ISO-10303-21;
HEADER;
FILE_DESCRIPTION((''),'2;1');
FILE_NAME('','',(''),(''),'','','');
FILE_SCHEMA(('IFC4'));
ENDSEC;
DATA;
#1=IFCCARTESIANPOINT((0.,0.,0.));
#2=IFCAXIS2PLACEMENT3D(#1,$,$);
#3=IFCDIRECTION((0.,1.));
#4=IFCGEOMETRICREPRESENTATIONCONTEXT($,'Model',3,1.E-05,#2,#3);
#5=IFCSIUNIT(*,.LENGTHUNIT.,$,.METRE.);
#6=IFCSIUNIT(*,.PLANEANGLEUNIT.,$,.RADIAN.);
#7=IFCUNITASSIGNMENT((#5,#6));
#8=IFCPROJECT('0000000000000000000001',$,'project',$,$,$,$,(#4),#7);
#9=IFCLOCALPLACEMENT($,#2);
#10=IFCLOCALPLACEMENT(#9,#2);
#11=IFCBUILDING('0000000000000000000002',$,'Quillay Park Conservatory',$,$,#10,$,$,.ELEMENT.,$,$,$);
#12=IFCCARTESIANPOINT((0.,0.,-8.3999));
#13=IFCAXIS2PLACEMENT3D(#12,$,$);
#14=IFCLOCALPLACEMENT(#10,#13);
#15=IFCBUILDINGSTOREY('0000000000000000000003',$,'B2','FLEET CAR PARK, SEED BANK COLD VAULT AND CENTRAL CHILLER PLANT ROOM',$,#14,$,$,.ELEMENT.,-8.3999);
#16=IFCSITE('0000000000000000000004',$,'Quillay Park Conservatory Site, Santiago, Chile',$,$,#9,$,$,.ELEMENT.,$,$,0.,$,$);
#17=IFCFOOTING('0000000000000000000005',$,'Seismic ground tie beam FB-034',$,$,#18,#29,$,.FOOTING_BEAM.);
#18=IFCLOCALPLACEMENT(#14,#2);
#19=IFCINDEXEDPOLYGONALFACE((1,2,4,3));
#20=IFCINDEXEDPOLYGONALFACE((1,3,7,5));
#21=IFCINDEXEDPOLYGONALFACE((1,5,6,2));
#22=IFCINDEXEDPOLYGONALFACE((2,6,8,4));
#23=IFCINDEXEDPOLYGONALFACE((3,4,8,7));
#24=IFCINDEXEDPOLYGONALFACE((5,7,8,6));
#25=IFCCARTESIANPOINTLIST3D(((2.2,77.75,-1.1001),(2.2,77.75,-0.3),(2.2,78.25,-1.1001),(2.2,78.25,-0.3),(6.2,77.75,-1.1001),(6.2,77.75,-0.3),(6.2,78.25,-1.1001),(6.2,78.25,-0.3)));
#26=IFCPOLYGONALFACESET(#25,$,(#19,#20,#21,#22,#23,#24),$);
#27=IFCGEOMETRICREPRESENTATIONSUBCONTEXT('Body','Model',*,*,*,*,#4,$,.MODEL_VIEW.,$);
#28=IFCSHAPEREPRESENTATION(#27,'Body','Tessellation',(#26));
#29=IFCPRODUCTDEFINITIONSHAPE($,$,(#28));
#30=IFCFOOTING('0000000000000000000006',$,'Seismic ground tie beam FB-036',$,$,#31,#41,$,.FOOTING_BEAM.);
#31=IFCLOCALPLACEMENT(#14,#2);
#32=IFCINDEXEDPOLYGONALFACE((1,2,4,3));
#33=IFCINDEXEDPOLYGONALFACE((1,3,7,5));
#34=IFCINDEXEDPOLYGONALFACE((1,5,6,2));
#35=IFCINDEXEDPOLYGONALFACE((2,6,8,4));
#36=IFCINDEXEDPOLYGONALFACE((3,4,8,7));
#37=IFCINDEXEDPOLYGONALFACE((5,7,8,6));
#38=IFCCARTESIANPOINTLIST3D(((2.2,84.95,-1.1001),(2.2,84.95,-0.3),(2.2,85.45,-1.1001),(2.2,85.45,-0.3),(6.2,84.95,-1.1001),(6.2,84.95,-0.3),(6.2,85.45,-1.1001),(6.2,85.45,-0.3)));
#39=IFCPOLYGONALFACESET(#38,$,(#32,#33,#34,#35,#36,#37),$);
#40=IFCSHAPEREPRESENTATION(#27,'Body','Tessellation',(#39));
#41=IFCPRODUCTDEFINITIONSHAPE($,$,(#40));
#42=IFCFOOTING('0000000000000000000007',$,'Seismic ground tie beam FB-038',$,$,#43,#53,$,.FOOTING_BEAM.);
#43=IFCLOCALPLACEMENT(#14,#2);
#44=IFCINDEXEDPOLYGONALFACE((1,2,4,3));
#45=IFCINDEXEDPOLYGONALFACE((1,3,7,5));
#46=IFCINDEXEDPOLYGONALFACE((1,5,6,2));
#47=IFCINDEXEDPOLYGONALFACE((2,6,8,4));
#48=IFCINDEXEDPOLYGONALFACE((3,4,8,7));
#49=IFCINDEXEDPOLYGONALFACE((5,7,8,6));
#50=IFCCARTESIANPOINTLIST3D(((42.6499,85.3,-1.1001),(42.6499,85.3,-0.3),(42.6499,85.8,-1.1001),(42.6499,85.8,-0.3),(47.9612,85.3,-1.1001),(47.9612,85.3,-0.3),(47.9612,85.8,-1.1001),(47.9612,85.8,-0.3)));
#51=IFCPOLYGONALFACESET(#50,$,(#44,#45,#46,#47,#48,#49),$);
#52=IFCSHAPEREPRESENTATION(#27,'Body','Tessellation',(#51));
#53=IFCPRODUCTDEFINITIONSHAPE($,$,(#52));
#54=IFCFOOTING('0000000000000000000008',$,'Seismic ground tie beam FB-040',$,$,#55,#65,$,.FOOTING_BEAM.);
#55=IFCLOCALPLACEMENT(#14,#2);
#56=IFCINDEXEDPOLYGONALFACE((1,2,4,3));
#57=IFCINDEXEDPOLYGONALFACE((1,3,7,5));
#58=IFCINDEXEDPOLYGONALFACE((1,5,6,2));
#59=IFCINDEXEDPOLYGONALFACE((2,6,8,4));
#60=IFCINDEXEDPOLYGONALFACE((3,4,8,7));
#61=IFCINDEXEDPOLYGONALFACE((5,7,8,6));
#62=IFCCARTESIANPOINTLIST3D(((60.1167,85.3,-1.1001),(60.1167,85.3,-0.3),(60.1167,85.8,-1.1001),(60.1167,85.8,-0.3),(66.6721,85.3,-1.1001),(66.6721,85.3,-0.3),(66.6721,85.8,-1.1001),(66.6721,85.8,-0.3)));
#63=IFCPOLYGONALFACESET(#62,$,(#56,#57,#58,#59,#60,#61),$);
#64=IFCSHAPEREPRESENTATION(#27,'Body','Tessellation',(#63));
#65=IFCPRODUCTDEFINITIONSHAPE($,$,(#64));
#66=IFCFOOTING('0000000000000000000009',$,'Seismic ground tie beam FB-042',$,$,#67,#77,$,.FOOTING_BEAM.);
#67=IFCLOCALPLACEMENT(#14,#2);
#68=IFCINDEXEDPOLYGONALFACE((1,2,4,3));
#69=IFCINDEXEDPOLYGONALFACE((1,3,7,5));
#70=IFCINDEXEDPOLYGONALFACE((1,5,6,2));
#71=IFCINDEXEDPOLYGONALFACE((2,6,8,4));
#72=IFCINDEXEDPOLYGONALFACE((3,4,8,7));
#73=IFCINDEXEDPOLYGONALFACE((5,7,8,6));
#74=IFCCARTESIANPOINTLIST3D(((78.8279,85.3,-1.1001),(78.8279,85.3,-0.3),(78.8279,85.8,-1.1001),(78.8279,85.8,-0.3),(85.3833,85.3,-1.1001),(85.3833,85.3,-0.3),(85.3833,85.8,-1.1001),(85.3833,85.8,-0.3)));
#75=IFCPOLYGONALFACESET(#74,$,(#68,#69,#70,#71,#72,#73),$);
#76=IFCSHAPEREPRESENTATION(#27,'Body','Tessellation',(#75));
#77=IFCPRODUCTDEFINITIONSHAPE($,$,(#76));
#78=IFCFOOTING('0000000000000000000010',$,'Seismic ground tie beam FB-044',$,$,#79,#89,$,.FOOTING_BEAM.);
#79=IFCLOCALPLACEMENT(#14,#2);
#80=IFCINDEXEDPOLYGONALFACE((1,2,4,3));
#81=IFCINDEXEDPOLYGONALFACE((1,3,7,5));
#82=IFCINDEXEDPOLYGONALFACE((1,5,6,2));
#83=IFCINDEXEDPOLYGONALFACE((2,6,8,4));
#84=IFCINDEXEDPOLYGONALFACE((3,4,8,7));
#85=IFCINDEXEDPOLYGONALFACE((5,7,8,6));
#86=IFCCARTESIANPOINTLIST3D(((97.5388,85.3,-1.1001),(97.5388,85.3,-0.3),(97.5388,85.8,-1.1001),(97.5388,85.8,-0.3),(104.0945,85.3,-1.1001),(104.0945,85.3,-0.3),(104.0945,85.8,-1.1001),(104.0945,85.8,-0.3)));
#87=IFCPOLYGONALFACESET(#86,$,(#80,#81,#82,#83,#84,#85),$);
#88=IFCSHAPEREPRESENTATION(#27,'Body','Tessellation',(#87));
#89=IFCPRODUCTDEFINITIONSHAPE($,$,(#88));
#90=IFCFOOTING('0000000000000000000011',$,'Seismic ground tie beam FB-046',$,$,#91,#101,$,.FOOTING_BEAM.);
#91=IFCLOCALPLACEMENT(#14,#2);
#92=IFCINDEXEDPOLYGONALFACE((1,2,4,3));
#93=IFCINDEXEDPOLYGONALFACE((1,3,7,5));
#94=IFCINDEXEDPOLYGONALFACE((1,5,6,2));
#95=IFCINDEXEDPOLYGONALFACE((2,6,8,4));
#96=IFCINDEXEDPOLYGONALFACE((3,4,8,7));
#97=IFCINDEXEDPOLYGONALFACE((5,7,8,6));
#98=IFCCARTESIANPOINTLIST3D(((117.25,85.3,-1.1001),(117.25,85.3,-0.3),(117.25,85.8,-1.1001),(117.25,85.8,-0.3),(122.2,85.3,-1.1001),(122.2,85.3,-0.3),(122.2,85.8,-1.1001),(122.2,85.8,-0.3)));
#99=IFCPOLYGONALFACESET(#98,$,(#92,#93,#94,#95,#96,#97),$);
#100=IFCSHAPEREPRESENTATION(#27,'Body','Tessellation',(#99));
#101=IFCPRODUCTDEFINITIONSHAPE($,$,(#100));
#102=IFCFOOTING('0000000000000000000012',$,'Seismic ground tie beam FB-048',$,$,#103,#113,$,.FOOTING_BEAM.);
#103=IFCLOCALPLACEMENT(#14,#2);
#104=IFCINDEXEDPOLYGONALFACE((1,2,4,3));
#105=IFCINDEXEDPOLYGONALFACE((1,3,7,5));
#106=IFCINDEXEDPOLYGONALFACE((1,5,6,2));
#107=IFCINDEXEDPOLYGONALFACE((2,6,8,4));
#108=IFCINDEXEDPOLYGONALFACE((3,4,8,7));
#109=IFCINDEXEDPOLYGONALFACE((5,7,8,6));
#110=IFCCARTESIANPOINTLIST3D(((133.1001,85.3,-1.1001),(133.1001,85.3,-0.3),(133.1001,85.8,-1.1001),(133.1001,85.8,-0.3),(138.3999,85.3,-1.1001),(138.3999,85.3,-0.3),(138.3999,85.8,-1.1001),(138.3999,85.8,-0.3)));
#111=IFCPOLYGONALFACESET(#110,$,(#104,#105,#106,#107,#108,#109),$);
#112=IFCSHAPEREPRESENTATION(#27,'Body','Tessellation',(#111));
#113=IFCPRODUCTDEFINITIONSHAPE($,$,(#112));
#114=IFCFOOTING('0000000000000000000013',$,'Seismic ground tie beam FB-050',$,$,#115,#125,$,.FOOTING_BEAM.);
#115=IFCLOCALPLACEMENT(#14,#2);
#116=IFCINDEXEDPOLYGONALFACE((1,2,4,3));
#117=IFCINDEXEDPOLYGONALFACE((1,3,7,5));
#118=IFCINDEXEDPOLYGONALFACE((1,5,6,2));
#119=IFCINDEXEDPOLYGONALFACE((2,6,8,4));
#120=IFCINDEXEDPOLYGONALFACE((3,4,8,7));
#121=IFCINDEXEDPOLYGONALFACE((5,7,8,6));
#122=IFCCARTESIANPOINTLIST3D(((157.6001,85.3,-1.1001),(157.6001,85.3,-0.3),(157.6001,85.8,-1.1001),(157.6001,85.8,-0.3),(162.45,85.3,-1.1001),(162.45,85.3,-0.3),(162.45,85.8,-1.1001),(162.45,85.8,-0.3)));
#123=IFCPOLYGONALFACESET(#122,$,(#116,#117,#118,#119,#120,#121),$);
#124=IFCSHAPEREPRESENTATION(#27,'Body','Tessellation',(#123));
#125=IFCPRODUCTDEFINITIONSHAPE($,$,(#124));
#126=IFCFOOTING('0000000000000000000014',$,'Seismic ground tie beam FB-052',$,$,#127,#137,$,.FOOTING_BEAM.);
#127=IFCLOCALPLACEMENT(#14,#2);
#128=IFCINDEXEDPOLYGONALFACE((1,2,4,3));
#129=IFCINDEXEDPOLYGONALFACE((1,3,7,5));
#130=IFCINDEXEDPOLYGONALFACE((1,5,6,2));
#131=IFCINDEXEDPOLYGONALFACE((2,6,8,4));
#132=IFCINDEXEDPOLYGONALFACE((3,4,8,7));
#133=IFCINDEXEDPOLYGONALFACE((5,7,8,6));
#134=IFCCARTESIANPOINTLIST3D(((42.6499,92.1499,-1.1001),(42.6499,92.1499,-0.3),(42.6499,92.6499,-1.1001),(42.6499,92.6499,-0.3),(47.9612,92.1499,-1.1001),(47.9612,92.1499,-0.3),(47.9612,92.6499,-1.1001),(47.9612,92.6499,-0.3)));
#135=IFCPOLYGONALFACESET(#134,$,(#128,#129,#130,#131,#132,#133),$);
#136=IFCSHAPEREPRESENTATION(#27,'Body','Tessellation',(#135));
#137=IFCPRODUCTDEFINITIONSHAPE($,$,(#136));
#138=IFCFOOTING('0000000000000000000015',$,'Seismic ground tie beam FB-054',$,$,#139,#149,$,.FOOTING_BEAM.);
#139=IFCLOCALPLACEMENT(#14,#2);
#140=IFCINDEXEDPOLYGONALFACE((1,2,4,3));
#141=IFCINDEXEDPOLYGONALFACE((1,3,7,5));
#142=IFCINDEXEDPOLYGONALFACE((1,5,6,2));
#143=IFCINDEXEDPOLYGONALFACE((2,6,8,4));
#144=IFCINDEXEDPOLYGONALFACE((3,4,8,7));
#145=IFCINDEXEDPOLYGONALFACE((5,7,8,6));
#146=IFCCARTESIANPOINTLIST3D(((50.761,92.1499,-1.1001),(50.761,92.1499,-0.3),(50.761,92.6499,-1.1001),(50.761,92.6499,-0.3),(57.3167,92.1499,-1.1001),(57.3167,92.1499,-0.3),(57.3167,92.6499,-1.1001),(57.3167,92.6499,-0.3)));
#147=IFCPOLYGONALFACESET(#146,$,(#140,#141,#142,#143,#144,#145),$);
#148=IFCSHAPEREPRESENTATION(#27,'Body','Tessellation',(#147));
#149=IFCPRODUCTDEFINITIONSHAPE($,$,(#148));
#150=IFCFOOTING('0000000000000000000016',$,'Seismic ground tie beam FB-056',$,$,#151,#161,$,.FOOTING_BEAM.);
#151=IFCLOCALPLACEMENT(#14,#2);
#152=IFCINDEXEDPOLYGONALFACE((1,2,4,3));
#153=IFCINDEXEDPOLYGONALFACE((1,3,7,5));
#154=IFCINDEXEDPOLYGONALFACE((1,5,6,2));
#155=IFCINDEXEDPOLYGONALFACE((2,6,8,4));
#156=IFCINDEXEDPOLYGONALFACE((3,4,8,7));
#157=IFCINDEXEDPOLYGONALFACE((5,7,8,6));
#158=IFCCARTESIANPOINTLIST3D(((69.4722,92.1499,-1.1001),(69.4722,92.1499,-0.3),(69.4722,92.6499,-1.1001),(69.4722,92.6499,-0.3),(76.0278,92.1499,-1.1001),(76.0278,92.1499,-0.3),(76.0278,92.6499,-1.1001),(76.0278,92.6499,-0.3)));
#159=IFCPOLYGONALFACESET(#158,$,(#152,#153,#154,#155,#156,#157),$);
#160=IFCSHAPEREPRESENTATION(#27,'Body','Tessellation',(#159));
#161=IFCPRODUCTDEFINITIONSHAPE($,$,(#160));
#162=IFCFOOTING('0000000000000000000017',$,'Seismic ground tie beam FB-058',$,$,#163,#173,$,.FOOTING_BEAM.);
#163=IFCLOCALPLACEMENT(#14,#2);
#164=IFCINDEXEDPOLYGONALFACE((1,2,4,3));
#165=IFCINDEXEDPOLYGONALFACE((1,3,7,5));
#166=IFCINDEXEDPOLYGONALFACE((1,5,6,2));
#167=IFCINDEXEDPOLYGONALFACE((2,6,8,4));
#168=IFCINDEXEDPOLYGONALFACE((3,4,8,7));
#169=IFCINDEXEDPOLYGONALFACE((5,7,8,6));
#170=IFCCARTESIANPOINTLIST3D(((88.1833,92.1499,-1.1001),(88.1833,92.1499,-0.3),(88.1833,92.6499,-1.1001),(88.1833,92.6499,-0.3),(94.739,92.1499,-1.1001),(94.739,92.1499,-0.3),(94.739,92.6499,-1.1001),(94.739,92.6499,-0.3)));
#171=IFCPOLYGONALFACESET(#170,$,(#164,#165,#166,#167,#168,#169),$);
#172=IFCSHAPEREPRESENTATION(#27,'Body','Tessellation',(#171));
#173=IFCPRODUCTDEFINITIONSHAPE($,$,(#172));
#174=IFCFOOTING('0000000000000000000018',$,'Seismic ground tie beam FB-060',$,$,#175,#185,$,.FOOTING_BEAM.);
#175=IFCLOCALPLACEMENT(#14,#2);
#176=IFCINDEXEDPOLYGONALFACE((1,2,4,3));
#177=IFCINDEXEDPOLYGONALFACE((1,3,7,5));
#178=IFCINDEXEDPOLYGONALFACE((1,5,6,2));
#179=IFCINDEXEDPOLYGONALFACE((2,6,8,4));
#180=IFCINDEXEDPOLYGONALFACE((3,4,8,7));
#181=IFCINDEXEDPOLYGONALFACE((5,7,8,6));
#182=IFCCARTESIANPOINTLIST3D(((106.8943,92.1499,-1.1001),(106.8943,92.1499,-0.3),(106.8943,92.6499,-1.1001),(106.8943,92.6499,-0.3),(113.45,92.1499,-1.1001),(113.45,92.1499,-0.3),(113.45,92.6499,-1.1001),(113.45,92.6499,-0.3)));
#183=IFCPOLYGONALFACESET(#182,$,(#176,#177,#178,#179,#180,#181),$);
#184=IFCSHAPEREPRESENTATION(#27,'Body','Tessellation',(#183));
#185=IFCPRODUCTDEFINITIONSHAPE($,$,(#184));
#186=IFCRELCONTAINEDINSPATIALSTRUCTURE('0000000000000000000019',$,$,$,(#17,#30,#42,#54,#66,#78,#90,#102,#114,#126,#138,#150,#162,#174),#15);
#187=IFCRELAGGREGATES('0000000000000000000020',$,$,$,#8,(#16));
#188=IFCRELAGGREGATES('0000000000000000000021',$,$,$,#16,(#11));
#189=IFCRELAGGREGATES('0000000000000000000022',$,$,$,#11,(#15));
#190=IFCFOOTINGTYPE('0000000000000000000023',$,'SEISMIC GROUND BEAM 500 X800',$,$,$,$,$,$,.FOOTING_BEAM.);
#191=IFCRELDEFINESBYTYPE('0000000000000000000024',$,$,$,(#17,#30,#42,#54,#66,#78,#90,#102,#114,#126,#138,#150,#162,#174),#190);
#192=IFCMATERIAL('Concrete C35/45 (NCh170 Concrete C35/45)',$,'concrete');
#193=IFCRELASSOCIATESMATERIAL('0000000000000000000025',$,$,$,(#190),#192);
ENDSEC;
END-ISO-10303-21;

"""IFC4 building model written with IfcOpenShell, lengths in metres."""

from ifc_helpers import new_model, si_unit, direction, frame, origin, place, context, subcontext, project, spatial, polyline, outline, extrude, material, type_object, element, save


model = new_model("IFC4")

# Units and contexts
model_context = context("Model", 3, precision=1e-05, world=origin(), true_north=direction((0.0, 1.0)))
body_context = subcontext(model_context, "Body", "Model", "MODEL_VIEW")
ifc_project = project(units=[si_unit("LENGTHUNIT", "METRE"), si_unit("PLANEANGLEUNIT", "RADIAN")], contexts=[model_context])

# Site, building, storey
site_placement = place(None, origin())
site = spatial("IfcSite", under=ifc_project, at=site_placement, Name="Quillay Park Conservatory Site, Santiago, Chile", CompositionType="ELEMENT", RefElevation=0.0)
building_placement = place(site_placement, origin())
building = spatial("IfcBuilding", under=site, at=building_placement, Name="Quillay Park Conservatory", CompositionType="ELEMENT")
storey_placement = place(building_placement, frame((0.0, 0.0, -8.3999)))
storey = spatial("IfcBuildingStorey", under=building, at=storey_placement, Name="B2", Description="FLEET CAR PARK, SEED BANK COLD VAULT AND CENTRAL CHILLER PLANT ROOM", CompositionType="ELEMENT", Elevation=-8.3999)

# Footings
ifc_material = material(Name="Concrete C35/45 (NCh170 Concrete C35/45)", Category="concrete")
footing_type = type_object("IfcFootingType", Name="SEISMIC GROUND BEAM 500 X800", PredefinedType="FOOTING_BEAM", material=ifc_material)
footing_1_placement = place(storey_placement, frame((0.0, 0.0, -1.1001)))
element("IfcFooting", 1, at=footing_1_placement, inside=storey, type_object=footing_type, Name="Seismic ground tie beam FB-034", PredefinedType="FOOTING_BEAM", context=body_context, shape_type="SweptSolid", body=[
    extrude(outline(polyline([(2.2, 77.75), (6.2, 77.75), (6.2, 78.25), (2.2, 78.25), (2.2, 77.75)])), origin(), (0.0, 0.0, 1.0), 0.8),
])
footing_2_placement = place(storey_placement, frame((0.0, 0.0, -1.1001)))
element("IfcFooting", 2, at=footing_2_placement, inside=storey, type_object=footing_type, Name="Seismic ground tie beam FB-036", PredefinedType="FOOTING_BEAM", context=body_context, shape_type="SweptSolid", body=[
    extrude(outline(polyline([(2.2, 84.95), (6.2, 84.95), (6.2, 85.45), (2.2, 85.45), (2.2, 84.95)])), origin(), (0.0, 0.0, 1.0), 0.8),
])
footing_3_placement = place(storey_placement, frame((0.0, 0.0, -1.1001)))
element("IfcFooting", 3, at=footing_3_placement, inside=storey, type_object=footing_type, Name="Seismic ground tie beam FB-038", PredefinedType="FOOTING_BEAM", context=body_context, shape_type="SweptSolid", body=[
    extrude(outline(polyline([(42.6499, 85.3), (47.9612, 85.3), (47.9612, 85.8), (42.6499, 85.8), (42.6499, 85.3)])), origin(), (0.0, 0.0, 1.0), 0.8),
])
footing_4_placement = place(storey_placement, frame((0.0, 0.0, -1.1001)))
element("IfcFooting", 4, at=footing_4_placement, inside=storey, type_object=footing_type, Name="Seismic ground tie beam FB-040", PredefinedType="FOOTING_BEAM", context=body_context, shape_type="SweptSolid", body=[
    extrude(outline(polyline([(60.1167, 85.3), (66.6721, 85.3), (66.6721, 85.8), (60.1167, 85.8), (60.1167, 85.3)])), origin(), (0.0, 0.0, 1.0), 0.8),
])
footing_5_placement = place(storey_placement, frame((0.0, 0.0, -1.1001)))
element("IfcFooting", 5, at=footing_5_placement, inside=storey, type_object=footing_type, Name="Seismic ground tie beam FB-042", PredefinedType="FOOTING_BEAM", context=body_context, shape_type="SweptSolid", body=[
    extrude(outline(polyline([(78.8279, 85.3), (85.3833, 85.3), (85.3833, 85.8), (78.8279, 85.8), (78.8279, 85.3)])), origin(), (0.0, 0.0, 1.0), 0.8),
])
footing_6_placement = place(storey_placement, frame((0.0, 0.0, -1.1001)))
element("IfcFooting", 6, at=footing_6_placement, inside=storey, type_object=footing_type, Name="Seismic ground tie beam FB-044", PredefinedType="FOOTING_BEAM", context=body_context, shape_type="SweptSolid", body=[
    extrude(outline(polyline([(97.5388, 85.3), (104.0945, 85.3), (104.0945, 85.8), (97.5388, 85.8), (97.5388, 85.3)])), origin(), (0.0, 0.0, 1.0), 0.8),
])
footing_7_placement = place(storey_placement, frame((0.0, 0.0, -1.1001)))
element("IfcFooting", 7, at=footing_7_placement, inside=storey, type_object=footing_type, Name="Seismic ground tie beam FB-046", PredefinedType="FOOTING_BEAM", context=body_context, shape_type="SweptSolid", body=[
    extrude(outline(polyline([(117.25, 85.3), (122.2, 85.3), (122.2, 85.8), (117.25, 85.8), (117.25, 85.3)])), origin(), (0.0, 0.0, 1.0), 0.8),
])
footing_8_placement = place(storey_placement, frame((0.0, 0.0, -1.1001)))
element("IfcFooting", 8, at=footing_8_placement, inside=storey, type_object=footing_type, Name="Seismic ground tie beam FB-048", PredefinedType="FOOTING_BEAM", context=body_context, shape_type="SweptSolid", body=[
    extrude(outline(polyline([(133.1001, 85.3), (138.3999, 85.3), (138.3999, 85.8), (133.1001, 85.8), (133.1001, 85.3)])), origin(), (0.0, 0.0, 1.0), 0.8),
])
footing_9_placement = place(storey_placement, frame((0.0, 0.0, -1.1001)))
element("IfcFooting", 9, at=footing_9_placement, inside=storey, type_object=footing_type, Name="Seismic ground tie beam FB-050", PredefinedType="FOOTING_BEAM", context=body_context, shape_type="SweptSolid", body=[
    extrude(outline(polyline([(157.6001, 85.3), (162.45, 85.3), (162.45, 85.8), (157.6001, 85.8), (157.6001, 85.3)])), origin(), (0.0, 0.0, 1.0), 0.8),
])
footing_10_placement = place(storey_placement, frame((0.0, 0.0, -1.1001)))
element("IfcFooting", 10, at=footing_10_placement, inside=storey, type_object=footing_type, Name="Seismic ground tie beam FB-052", PredefinedType="FOOTING_BEAM", context=body_context, shape_type="SweptSolid", body=[
    extrude(outline(polyline([(42.6499, 92.1499), (47.9612, 92.1499), (47.9612, 92.6499), (42.6499, 92.6499), (42.6499, 92.1499)])), origin(), (0.0, 0.0, 1.0), 0.8),
])
footing_11_placement = place(storey_placement, frame((0.0, 0.0, -1.1001)))
element("IfcFooting", 11, at=footing_11_placement, inside=storey, type_object=footing_type, Name="Seismic ground tie beam FB-054", PredefinedType="FOOTING_BEAM", context=body_context, shape_type="SweptSolid", body=[
    extrude(outline(polyline([(50.761, 92.1499), (57.3167, 92.1499), (57.3167, 92.6499), (50.761, 92.6499), (50.761, 92.1499)])), origin(), (0.0, 0.0, 1.0), 0.8),
])
footing_12_placement = place(storey_placement, frame((0.0, 0.0, -1.1001)))
element("IfcFooting", 12, at=footing_12_placement, inside=storey, type_object=footing_type, Name="Seismic ground tie beam FB-056", PredefinedType="FOOTING_BEAM", context=body_context, shape_type="SweptSolid", body=[
    extrude(outline(polyline([(69.4722, 92.1499), (76.0278, 92.1499), (76.0278, 92.6499), (69.4722, 92.6499), (69.4722, 92.1499)])), origin(), (0.0, 0.0, 1.0), 0.8),
])
footing_13_placement = place(storey_placement, frame((0.0, 0.0, -1.1001)))
element("IfcFooting", 13, at=footing_13_placement, inside=storey, type_object=footing_type, Name="Seismic ground tie beam FB-058", PredefinedType="FOOTING_BEAM", context=body_context, shape_type="SweptSolid", body=[
    extrude(outline(polyline([(88.1833, 92.1499), (94.739, 92.1499), (94.739, 92.6499), (88.1833, 92.6499), (88.1833, 92.1499)])), origin(), (0.0, 0.0, 1.0), 0.8),
])
footing_14_placement = place(storey_placement, frame((0.0, 0.0, -1.1001)))
element("IfcFooting", 14, at=footing_14_placement, inside=storey, type_object=footing_type, Name="Seismic ground tie beam FB-060", PredefinedType="FOOTING_BEAM", context=body_context, shape_type="SweptSolid", body=[
    extrude(outline(polyline([(106.8943, 92.1499), (113.45, 92.1499), (113.45, 92.6499), (106.8943, 92.6499), (106.8943, 92.1499)])), origin(), (0.0, 0.0, 1.0), 0.8),
])

save(model, "model.ifc")
